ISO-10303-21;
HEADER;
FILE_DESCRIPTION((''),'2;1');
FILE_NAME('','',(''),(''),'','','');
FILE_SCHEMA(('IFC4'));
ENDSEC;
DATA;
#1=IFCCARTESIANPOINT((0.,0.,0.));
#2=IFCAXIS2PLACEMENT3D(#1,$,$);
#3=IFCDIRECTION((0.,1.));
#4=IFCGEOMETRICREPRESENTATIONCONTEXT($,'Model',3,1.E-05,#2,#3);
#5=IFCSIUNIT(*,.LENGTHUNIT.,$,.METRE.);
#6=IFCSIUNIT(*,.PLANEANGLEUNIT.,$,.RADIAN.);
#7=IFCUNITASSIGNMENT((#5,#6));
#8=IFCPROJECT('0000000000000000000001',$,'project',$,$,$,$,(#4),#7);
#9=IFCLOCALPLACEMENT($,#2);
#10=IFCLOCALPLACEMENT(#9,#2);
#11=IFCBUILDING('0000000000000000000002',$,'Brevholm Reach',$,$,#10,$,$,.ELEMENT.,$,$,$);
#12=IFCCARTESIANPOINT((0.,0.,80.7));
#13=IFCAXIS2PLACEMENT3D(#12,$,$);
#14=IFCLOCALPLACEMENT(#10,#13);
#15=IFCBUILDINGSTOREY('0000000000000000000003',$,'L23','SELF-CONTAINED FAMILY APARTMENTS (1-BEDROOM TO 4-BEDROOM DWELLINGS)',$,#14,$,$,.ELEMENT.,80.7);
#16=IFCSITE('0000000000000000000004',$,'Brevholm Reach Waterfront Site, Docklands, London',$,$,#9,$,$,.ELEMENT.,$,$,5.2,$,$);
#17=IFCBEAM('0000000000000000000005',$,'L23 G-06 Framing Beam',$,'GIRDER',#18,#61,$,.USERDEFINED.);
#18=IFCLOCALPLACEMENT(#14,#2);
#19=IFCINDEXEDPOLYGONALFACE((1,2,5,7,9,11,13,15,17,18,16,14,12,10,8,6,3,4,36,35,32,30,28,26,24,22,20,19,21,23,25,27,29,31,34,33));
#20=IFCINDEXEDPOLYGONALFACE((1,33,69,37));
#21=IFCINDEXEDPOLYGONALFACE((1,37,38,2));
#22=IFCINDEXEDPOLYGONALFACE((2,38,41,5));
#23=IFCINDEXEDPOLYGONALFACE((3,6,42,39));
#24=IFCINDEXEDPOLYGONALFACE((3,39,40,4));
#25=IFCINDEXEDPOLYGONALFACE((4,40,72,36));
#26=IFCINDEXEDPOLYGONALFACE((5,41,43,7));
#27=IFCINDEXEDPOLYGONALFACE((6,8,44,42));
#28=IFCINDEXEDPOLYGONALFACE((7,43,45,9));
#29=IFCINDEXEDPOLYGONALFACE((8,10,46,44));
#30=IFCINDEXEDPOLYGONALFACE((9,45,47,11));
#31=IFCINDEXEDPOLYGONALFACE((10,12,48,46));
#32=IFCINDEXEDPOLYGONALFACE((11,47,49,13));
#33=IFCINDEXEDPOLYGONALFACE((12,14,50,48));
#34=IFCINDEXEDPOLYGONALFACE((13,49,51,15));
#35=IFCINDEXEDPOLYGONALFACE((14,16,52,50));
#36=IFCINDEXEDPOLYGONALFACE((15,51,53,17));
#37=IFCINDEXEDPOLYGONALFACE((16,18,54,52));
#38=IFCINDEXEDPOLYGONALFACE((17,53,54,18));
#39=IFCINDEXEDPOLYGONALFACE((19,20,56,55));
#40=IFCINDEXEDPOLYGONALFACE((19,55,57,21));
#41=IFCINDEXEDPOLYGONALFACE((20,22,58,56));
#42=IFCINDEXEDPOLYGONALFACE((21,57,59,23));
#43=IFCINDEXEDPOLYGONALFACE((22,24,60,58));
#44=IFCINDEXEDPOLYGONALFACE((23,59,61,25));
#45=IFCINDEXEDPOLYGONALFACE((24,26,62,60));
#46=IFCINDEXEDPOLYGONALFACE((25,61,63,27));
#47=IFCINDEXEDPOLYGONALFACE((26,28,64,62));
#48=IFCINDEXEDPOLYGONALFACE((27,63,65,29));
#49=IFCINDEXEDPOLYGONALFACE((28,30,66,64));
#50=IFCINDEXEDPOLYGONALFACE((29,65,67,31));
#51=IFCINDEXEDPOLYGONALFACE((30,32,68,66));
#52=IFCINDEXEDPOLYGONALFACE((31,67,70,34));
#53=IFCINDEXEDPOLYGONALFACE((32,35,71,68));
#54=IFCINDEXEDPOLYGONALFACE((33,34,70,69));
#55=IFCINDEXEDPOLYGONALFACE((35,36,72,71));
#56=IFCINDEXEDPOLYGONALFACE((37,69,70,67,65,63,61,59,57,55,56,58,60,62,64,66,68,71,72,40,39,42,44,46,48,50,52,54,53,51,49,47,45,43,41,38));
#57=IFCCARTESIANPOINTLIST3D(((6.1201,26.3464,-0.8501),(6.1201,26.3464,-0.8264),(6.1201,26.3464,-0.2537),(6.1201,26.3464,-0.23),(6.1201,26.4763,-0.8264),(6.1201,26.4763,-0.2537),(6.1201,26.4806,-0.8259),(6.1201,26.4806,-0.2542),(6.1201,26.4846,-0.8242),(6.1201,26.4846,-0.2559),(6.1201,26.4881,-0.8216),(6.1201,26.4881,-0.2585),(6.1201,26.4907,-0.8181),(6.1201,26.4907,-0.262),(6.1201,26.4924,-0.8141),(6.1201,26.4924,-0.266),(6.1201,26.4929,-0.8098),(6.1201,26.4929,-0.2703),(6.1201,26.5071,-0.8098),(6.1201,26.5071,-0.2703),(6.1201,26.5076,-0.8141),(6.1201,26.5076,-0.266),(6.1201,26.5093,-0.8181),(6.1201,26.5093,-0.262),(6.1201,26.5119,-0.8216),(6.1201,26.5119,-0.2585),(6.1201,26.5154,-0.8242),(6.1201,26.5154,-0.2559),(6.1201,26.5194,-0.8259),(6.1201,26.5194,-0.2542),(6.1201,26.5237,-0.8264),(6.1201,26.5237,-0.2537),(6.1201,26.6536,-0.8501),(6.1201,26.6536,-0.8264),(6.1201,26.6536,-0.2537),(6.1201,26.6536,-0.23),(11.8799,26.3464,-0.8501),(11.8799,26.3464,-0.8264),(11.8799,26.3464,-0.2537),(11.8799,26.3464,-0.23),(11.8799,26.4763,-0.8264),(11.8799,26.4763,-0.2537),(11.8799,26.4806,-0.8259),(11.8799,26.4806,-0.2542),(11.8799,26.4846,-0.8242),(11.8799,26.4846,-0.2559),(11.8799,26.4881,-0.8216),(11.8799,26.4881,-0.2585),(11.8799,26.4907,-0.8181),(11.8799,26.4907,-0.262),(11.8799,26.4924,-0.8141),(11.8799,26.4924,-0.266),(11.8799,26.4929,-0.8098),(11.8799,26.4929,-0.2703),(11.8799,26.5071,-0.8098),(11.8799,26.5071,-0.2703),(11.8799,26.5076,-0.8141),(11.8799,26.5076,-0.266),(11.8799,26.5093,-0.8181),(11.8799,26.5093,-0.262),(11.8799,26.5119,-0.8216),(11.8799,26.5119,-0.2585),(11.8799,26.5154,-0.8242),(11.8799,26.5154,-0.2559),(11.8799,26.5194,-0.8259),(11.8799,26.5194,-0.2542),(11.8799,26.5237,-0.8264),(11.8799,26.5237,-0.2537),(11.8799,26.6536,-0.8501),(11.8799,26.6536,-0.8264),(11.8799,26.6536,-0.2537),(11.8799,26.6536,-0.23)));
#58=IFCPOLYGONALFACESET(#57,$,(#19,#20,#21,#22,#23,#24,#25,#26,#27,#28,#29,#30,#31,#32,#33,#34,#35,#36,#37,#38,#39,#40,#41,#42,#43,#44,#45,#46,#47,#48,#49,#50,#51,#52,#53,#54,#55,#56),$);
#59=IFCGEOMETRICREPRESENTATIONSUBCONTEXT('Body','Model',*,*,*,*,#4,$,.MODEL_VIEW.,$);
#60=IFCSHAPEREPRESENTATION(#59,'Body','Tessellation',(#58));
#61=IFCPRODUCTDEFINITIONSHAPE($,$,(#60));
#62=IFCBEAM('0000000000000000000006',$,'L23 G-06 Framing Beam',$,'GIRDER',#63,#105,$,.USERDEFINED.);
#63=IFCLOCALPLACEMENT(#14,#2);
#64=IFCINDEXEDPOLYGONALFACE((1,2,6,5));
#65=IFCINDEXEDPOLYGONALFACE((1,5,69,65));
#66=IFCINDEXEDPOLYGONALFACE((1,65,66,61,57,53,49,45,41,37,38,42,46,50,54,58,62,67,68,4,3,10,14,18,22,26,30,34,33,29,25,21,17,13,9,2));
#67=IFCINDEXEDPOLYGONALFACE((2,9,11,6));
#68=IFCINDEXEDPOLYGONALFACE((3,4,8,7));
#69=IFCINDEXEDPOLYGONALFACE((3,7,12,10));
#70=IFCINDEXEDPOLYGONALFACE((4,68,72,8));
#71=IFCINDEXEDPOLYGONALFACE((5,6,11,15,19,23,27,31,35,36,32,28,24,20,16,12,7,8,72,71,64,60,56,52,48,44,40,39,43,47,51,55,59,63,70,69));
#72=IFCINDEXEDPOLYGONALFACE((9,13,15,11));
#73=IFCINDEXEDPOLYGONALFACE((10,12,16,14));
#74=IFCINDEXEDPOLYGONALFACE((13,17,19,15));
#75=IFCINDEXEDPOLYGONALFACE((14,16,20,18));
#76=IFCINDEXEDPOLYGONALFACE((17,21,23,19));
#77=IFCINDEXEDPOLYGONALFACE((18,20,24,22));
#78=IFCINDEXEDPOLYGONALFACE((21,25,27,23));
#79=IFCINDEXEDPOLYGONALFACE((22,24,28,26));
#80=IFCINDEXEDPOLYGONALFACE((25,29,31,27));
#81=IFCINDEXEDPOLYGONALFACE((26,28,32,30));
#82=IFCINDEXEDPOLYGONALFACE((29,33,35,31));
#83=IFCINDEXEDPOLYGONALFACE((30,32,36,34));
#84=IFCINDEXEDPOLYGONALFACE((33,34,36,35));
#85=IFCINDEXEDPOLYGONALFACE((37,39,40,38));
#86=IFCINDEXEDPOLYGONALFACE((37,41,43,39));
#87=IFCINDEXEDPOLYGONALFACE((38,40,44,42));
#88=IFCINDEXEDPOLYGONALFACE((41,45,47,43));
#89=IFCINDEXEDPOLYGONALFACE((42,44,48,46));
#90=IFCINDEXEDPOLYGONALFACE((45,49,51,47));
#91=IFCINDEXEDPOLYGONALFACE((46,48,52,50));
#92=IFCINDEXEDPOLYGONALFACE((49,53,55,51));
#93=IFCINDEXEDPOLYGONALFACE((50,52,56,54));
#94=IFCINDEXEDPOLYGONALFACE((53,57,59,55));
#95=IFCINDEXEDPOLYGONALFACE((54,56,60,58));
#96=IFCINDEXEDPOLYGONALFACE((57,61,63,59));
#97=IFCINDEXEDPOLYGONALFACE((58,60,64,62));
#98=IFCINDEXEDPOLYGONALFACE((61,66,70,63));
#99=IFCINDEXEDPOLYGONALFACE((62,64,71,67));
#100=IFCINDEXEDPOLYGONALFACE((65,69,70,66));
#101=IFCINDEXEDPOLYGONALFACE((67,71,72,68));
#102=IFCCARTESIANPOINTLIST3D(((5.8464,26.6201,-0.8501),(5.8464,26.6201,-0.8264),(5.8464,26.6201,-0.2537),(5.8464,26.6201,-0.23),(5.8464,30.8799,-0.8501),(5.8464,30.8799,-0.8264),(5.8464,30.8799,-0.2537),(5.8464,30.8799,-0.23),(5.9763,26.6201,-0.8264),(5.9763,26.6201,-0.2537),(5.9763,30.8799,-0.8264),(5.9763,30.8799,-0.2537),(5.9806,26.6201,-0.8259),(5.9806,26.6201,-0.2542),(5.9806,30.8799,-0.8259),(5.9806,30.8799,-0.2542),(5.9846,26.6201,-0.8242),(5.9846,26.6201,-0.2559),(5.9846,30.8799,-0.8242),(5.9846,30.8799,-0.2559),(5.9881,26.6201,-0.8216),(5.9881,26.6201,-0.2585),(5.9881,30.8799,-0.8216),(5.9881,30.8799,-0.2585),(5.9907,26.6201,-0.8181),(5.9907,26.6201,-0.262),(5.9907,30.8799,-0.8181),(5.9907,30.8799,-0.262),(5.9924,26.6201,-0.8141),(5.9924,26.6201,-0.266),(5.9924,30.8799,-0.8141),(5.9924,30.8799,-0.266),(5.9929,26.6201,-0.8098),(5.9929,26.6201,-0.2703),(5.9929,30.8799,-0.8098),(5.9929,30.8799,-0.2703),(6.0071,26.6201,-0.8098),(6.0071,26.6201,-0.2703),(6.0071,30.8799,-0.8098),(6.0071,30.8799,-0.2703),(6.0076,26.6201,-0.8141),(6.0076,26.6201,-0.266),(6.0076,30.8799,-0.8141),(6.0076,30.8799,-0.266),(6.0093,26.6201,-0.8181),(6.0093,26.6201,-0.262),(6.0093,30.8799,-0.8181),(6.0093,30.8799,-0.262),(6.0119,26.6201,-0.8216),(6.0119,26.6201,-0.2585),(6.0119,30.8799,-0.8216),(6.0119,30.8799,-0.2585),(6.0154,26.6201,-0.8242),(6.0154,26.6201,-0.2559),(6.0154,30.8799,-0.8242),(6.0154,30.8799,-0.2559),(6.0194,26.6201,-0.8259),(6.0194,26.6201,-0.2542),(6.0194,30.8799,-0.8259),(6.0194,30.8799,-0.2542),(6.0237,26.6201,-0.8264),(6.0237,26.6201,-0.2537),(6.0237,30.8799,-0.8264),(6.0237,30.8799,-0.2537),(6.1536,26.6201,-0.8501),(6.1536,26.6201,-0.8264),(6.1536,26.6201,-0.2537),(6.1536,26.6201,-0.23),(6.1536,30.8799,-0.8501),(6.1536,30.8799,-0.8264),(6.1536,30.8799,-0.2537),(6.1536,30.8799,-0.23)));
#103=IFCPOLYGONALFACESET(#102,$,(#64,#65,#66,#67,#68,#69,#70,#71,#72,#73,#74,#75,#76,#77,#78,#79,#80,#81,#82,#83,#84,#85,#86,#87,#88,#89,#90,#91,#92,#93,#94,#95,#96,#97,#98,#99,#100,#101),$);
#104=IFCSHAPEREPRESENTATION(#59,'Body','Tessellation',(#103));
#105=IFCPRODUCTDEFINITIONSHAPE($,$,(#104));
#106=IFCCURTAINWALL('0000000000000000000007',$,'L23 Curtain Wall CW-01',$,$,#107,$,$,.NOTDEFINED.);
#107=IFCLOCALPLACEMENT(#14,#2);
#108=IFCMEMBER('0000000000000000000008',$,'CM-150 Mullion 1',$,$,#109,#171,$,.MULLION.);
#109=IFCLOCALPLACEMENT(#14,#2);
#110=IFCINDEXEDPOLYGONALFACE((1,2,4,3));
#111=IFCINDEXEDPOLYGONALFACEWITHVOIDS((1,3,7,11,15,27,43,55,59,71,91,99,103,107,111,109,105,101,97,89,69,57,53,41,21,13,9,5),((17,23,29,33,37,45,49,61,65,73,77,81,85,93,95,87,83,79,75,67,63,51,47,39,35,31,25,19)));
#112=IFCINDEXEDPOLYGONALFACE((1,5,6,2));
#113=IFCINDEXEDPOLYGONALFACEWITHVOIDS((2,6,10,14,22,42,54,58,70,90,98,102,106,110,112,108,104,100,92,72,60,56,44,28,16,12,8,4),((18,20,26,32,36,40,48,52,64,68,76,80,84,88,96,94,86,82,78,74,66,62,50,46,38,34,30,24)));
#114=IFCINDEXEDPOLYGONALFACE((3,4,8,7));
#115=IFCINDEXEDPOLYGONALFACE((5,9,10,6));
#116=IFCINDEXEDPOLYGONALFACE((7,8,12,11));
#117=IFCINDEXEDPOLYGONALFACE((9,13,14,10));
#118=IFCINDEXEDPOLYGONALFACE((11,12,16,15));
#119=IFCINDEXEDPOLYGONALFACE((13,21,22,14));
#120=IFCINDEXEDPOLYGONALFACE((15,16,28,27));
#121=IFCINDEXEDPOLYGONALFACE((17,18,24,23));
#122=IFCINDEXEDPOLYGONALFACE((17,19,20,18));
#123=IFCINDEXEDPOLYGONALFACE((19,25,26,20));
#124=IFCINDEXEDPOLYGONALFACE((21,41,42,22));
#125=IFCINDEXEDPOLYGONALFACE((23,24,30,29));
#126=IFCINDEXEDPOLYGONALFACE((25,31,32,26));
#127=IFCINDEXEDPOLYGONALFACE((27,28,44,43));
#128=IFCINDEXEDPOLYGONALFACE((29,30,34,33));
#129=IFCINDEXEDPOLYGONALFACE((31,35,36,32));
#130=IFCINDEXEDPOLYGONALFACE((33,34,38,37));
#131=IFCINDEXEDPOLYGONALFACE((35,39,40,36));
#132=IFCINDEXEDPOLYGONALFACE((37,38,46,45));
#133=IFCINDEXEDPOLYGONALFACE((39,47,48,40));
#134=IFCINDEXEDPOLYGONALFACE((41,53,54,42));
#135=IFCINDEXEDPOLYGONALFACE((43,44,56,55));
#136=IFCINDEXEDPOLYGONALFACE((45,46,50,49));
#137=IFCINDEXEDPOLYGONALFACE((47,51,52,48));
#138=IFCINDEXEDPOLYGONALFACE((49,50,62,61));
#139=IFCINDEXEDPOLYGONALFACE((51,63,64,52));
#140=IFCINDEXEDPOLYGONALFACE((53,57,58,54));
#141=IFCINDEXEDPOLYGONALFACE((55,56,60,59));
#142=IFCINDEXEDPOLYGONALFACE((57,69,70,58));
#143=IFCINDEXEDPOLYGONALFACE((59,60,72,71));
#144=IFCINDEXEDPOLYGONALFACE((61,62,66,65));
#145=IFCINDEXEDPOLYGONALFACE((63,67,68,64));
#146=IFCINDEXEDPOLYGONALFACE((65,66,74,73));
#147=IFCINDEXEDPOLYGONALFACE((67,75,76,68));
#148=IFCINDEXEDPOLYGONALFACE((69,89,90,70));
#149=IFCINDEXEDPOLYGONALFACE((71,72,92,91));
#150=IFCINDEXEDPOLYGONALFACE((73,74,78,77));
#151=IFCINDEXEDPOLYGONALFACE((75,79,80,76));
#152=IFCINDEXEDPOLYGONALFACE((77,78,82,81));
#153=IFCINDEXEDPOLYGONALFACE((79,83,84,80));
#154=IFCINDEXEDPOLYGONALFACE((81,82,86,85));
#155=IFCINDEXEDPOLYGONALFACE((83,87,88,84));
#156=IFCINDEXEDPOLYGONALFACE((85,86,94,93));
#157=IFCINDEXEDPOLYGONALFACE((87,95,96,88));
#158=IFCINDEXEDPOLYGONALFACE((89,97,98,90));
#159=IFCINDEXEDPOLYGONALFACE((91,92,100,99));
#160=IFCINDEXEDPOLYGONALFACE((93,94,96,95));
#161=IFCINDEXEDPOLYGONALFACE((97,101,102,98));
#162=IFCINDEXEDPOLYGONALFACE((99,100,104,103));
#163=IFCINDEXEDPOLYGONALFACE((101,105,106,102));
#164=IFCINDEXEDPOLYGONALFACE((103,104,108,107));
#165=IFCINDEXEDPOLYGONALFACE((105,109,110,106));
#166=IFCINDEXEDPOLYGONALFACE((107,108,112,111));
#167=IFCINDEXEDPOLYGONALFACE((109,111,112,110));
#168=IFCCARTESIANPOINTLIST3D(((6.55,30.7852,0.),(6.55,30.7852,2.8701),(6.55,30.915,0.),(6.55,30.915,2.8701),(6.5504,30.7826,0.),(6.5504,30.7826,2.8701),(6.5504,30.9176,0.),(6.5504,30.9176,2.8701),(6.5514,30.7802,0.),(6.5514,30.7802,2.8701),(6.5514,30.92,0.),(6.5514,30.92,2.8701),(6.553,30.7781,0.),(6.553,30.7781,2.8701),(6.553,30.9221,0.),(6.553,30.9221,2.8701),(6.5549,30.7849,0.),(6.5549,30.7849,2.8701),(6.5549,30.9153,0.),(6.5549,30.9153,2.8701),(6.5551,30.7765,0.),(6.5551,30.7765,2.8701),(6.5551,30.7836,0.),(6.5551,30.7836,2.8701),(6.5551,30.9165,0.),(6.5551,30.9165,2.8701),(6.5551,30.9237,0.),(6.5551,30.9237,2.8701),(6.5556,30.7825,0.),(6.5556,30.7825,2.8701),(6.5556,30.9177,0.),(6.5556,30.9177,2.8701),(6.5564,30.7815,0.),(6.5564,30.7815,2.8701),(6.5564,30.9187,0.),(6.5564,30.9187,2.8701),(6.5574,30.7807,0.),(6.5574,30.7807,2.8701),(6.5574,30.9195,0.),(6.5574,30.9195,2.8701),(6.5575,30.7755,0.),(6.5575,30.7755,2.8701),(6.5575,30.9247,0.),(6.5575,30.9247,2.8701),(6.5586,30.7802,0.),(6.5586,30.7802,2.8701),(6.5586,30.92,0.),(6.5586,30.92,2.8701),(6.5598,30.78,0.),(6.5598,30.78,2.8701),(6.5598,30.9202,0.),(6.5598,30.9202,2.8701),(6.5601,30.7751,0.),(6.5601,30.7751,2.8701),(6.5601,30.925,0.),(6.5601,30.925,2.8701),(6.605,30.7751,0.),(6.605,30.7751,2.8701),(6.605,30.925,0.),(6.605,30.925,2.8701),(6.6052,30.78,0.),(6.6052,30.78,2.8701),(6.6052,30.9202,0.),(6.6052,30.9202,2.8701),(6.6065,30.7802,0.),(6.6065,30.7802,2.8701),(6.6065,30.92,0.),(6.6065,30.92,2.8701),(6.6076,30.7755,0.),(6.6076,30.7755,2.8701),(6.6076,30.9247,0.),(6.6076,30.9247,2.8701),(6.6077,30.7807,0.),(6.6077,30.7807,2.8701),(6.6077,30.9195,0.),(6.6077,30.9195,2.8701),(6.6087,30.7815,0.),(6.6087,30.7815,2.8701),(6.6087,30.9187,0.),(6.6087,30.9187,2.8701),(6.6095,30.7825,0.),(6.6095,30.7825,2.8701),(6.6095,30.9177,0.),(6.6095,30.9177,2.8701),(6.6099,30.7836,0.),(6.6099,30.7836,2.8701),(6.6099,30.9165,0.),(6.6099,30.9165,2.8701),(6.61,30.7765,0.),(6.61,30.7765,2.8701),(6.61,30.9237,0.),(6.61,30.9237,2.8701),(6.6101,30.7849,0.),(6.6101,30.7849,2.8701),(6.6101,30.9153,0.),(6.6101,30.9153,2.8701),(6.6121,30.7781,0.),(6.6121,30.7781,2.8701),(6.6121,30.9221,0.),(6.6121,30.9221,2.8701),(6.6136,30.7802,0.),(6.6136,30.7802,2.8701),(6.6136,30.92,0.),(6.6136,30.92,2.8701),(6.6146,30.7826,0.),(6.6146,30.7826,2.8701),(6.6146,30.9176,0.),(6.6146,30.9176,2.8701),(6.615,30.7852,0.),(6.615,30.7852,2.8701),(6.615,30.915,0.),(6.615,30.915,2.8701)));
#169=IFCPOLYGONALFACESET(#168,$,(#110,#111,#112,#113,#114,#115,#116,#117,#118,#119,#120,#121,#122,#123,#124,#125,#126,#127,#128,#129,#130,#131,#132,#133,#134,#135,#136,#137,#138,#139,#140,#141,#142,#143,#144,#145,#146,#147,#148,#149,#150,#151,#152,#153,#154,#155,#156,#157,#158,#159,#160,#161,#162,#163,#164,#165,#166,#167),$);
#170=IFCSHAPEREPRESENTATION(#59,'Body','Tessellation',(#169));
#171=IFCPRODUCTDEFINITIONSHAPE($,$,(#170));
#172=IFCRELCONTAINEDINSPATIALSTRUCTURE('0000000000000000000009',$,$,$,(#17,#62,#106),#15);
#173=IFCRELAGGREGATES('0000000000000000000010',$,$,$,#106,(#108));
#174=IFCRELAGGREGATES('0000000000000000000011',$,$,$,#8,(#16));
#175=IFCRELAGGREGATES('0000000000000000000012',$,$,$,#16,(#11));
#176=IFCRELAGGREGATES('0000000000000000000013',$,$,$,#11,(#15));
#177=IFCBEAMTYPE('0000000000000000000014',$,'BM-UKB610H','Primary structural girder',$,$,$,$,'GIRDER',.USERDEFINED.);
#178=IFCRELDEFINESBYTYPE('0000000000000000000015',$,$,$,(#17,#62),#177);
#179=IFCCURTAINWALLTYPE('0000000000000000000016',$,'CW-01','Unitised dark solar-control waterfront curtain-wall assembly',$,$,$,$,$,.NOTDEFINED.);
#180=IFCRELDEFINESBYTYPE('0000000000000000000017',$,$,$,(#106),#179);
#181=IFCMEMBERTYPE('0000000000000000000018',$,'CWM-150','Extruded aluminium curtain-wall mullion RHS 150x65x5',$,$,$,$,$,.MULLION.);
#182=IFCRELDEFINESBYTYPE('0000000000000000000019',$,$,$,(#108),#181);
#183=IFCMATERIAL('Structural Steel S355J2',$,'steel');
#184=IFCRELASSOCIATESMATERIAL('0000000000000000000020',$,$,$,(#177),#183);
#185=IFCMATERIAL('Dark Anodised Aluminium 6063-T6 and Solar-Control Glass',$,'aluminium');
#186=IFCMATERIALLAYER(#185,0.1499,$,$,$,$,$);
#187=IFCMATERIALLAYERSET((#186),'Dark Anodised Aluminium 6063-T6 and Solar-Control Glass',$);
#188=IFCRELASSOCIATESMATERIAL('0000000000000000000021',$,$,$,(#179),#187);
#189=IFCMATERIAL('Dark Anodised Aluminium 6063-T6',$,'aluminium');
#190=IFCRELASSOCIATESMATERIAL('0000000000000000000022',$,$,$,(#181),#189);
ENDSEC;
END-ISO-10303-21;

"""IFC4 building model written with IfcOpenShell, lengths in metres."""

from ifc_helpers import new_model, si_unit, direction, frame, origin, origin_2d, place, context, subcontext, project, spatial, hollow_rectangle, i_section, extrude, material, layer, layer_set, material_profile, profile_set, type_object, element, aggregate, save


model = new_model("IFC4")

# Units and contexts
model_context = context("Model", 3, precision=1e-05, world=origin(), true_north=direction((0.0, 1.0)))
body_context = subcontext(model_context, "Body", "Model", "MODEL_VIEW")
ifc_project = project(units=[si_unit("LENGTHUNIT", "METRE"), si_unit("PLANEANGLEUNIT", "RADIAN")], contexts=[model_context])

# Site, building, storey
site_placement = place(None, origin())
site = spatial("IfcSite", under=ifc_project, at=site_placement, Name="Brevholm Reach Waterfront Site, Docklands, London", CompositionType="ELEMENT", RefElevation=5.2)
building_placement = place(site_placement, origin())
building = spatial("IfcBuilding", under=site, at=building_placement, Name="Brevholm Reach", CompositionType="ELEMENT")
storey_placement = place(building_placement, frame((0.0, 0.0, 80.7)))
storey = spatial("IfcBuildingStorey", under=building, at=storey_placement, Name="L23", Description="SELF-CONTAINED FAMILY APARTMENTS (1-BEDROOM TO 4-BEDROOM DWELLINGS)", CompositionType="ELEMENT", Elevation=80.7)

# Beams
ifc_material_1 = material(Name="Structural Steel S355J2", Category="steel")
ifc_material_profile_1 = material_profile(ifc_material_1, i_section(OverallWidth=0.3071, OverallDepth=0.6201, WebThickness=0.0142, FlangeThickness=0.0237, FilletRadius=0.0166, at=origin_2d()), Name="UKB 610x305x179")
ifc_profile_set_1 = profile_set([ifc_material_profile_1], Name="Structural Steel S355J2")
beam_type_1 = type_object("IfcBeamType", Name="BM-UKB610H", Description="Primary structural girder", ElementType="GIRDER", PredefinedType="USERDEFINED", material=ifc_profile_set_1)
beam_1_placement = place(storey_placement, frame((6.1201, 26.5, -0.54), z_axis=(1.0, 0.0, 0.0), x_axis=(0.0, 1.0, 0.0)))
element("IfcBeam", 1, at=beam_1_placement, inside=storey, type_object=beam_type_1, Name="L23 G-06 Framing Beam", ObjectType="GIRDER", PredefinedType="USERDEFINED", context=body_context, shape_type="SweptSolid", body=[
    extrude(i_section(OverallWidth=0.3071, OverallDepth=0.6201, WebThickness=0.0142, FlangeThickness=0.0237, FilletRadius=0.0166, at=origin_2d()), origin(), (0.0, 0.0, 1.0), 5.7598),
])
beam_2_placement = place(storey_placement, frame((6.0, 26.6201, -0.54), z_axis=(0.0, 1.0, 0.0), x_axis=(-1.0, 0.0, 0.0)))
element("IfcBeam", 2, at=beam_2_placement, inside=storey, type_object=beam_type_1, Name="L23 G-06 Framing Beam", ObjectType="GIRDER", PredefinedType="USERDEFINED", context=body_context, shape_type="SweptSolid", body=[
    extrude(i_section(OverallWidth=0.3071, OverallDepth=0.6201, WebThickness=0.0142, FlangeThickness=0.0237, FilletRadius=0.0166, at=origin_2d()), origin(), (0.0, 0.0, 1.0), 4.2598),
])

# Curtain wall, member
ifc_material_2 = material(Name="Dark Anodised Aluminium 6063-T6 and Solar-Control Glass", Category="aluminium")
ifc_layer_1 = layer(ifc_material_2, 0.1499)
ifc_layer_set_1 = layer_set([ifc_layer_1], Name="Dark Anodised Aluminium 6063-T6 and Solar-Control Glass")
curtain_wall_type = type_object("IfcCurtainWallType", Name="CW-01", Description="Unitised dark solar-control waterfront curtain-wall assembly", PredefinedType="NOTDEFINED", material=ifc_layer_set_1)
curtain_wall_placement = place(storey_placement, origin())
curtain_wall = element("IfcCurtainWall", 3, at=curtain_wall_placement, inside=storey, type_object=curtain_wall_type, Name="L23 Curtain Wall CW-01", PredefinedType="NOTDEFINED")
ifc_material_3 = material(Name="Dark Anodised Aluminium 6063-T6", Category="aluminium")
ifc_material_profile_2 = material_profile(ifc_material_3, hollow_rectangle(XDim=0.0649, YDim=0.1499, WallThickness=0.0049, InnerFilletRadius=0.0049, OuterFilletRadius=0.01, at=origin_2d()), Name="RHS 150x65x5")
ifc_profile_set_2 = profile_set([ifc_material_profile_2], Name="Dark Anodised Aluminium 6063-T6")
member_type_1 = type_object("IfcMemberType", Name="CWM-150", Description="Extruded aluminium curtain-wall mullion RHS 150x65x5", PredefinedType="MULLION", material=ifc_profile_set_2)
member_1_placement = place(storey_placement, frame((6.5825, 30.8501, 0.0), z_axis=(0.0, 0.0, 1.0), x_axis=(1.0, 0.0, 0.0)))
member_1 = element("IfcMember", 4, at=member_1_placement, type_object=member_type_1, Name="CM-150 Mullion 1", PredefinedType="MULLION", context=body_context, shape_type="SweptSolid", body=[
    extrude(hollow_rectangle(XDim=0.0649, YDim=0.1499, WallThickness=0.0049, InnerFilletRadius=0.0049, OuterFilletRadius=0.01, at=origin_2d()), origin(), (0.0, 0.0, 1.0), 2.8701),
])
aggregate(curtain_wall, [member_1])

save(model, "model.ifc")
